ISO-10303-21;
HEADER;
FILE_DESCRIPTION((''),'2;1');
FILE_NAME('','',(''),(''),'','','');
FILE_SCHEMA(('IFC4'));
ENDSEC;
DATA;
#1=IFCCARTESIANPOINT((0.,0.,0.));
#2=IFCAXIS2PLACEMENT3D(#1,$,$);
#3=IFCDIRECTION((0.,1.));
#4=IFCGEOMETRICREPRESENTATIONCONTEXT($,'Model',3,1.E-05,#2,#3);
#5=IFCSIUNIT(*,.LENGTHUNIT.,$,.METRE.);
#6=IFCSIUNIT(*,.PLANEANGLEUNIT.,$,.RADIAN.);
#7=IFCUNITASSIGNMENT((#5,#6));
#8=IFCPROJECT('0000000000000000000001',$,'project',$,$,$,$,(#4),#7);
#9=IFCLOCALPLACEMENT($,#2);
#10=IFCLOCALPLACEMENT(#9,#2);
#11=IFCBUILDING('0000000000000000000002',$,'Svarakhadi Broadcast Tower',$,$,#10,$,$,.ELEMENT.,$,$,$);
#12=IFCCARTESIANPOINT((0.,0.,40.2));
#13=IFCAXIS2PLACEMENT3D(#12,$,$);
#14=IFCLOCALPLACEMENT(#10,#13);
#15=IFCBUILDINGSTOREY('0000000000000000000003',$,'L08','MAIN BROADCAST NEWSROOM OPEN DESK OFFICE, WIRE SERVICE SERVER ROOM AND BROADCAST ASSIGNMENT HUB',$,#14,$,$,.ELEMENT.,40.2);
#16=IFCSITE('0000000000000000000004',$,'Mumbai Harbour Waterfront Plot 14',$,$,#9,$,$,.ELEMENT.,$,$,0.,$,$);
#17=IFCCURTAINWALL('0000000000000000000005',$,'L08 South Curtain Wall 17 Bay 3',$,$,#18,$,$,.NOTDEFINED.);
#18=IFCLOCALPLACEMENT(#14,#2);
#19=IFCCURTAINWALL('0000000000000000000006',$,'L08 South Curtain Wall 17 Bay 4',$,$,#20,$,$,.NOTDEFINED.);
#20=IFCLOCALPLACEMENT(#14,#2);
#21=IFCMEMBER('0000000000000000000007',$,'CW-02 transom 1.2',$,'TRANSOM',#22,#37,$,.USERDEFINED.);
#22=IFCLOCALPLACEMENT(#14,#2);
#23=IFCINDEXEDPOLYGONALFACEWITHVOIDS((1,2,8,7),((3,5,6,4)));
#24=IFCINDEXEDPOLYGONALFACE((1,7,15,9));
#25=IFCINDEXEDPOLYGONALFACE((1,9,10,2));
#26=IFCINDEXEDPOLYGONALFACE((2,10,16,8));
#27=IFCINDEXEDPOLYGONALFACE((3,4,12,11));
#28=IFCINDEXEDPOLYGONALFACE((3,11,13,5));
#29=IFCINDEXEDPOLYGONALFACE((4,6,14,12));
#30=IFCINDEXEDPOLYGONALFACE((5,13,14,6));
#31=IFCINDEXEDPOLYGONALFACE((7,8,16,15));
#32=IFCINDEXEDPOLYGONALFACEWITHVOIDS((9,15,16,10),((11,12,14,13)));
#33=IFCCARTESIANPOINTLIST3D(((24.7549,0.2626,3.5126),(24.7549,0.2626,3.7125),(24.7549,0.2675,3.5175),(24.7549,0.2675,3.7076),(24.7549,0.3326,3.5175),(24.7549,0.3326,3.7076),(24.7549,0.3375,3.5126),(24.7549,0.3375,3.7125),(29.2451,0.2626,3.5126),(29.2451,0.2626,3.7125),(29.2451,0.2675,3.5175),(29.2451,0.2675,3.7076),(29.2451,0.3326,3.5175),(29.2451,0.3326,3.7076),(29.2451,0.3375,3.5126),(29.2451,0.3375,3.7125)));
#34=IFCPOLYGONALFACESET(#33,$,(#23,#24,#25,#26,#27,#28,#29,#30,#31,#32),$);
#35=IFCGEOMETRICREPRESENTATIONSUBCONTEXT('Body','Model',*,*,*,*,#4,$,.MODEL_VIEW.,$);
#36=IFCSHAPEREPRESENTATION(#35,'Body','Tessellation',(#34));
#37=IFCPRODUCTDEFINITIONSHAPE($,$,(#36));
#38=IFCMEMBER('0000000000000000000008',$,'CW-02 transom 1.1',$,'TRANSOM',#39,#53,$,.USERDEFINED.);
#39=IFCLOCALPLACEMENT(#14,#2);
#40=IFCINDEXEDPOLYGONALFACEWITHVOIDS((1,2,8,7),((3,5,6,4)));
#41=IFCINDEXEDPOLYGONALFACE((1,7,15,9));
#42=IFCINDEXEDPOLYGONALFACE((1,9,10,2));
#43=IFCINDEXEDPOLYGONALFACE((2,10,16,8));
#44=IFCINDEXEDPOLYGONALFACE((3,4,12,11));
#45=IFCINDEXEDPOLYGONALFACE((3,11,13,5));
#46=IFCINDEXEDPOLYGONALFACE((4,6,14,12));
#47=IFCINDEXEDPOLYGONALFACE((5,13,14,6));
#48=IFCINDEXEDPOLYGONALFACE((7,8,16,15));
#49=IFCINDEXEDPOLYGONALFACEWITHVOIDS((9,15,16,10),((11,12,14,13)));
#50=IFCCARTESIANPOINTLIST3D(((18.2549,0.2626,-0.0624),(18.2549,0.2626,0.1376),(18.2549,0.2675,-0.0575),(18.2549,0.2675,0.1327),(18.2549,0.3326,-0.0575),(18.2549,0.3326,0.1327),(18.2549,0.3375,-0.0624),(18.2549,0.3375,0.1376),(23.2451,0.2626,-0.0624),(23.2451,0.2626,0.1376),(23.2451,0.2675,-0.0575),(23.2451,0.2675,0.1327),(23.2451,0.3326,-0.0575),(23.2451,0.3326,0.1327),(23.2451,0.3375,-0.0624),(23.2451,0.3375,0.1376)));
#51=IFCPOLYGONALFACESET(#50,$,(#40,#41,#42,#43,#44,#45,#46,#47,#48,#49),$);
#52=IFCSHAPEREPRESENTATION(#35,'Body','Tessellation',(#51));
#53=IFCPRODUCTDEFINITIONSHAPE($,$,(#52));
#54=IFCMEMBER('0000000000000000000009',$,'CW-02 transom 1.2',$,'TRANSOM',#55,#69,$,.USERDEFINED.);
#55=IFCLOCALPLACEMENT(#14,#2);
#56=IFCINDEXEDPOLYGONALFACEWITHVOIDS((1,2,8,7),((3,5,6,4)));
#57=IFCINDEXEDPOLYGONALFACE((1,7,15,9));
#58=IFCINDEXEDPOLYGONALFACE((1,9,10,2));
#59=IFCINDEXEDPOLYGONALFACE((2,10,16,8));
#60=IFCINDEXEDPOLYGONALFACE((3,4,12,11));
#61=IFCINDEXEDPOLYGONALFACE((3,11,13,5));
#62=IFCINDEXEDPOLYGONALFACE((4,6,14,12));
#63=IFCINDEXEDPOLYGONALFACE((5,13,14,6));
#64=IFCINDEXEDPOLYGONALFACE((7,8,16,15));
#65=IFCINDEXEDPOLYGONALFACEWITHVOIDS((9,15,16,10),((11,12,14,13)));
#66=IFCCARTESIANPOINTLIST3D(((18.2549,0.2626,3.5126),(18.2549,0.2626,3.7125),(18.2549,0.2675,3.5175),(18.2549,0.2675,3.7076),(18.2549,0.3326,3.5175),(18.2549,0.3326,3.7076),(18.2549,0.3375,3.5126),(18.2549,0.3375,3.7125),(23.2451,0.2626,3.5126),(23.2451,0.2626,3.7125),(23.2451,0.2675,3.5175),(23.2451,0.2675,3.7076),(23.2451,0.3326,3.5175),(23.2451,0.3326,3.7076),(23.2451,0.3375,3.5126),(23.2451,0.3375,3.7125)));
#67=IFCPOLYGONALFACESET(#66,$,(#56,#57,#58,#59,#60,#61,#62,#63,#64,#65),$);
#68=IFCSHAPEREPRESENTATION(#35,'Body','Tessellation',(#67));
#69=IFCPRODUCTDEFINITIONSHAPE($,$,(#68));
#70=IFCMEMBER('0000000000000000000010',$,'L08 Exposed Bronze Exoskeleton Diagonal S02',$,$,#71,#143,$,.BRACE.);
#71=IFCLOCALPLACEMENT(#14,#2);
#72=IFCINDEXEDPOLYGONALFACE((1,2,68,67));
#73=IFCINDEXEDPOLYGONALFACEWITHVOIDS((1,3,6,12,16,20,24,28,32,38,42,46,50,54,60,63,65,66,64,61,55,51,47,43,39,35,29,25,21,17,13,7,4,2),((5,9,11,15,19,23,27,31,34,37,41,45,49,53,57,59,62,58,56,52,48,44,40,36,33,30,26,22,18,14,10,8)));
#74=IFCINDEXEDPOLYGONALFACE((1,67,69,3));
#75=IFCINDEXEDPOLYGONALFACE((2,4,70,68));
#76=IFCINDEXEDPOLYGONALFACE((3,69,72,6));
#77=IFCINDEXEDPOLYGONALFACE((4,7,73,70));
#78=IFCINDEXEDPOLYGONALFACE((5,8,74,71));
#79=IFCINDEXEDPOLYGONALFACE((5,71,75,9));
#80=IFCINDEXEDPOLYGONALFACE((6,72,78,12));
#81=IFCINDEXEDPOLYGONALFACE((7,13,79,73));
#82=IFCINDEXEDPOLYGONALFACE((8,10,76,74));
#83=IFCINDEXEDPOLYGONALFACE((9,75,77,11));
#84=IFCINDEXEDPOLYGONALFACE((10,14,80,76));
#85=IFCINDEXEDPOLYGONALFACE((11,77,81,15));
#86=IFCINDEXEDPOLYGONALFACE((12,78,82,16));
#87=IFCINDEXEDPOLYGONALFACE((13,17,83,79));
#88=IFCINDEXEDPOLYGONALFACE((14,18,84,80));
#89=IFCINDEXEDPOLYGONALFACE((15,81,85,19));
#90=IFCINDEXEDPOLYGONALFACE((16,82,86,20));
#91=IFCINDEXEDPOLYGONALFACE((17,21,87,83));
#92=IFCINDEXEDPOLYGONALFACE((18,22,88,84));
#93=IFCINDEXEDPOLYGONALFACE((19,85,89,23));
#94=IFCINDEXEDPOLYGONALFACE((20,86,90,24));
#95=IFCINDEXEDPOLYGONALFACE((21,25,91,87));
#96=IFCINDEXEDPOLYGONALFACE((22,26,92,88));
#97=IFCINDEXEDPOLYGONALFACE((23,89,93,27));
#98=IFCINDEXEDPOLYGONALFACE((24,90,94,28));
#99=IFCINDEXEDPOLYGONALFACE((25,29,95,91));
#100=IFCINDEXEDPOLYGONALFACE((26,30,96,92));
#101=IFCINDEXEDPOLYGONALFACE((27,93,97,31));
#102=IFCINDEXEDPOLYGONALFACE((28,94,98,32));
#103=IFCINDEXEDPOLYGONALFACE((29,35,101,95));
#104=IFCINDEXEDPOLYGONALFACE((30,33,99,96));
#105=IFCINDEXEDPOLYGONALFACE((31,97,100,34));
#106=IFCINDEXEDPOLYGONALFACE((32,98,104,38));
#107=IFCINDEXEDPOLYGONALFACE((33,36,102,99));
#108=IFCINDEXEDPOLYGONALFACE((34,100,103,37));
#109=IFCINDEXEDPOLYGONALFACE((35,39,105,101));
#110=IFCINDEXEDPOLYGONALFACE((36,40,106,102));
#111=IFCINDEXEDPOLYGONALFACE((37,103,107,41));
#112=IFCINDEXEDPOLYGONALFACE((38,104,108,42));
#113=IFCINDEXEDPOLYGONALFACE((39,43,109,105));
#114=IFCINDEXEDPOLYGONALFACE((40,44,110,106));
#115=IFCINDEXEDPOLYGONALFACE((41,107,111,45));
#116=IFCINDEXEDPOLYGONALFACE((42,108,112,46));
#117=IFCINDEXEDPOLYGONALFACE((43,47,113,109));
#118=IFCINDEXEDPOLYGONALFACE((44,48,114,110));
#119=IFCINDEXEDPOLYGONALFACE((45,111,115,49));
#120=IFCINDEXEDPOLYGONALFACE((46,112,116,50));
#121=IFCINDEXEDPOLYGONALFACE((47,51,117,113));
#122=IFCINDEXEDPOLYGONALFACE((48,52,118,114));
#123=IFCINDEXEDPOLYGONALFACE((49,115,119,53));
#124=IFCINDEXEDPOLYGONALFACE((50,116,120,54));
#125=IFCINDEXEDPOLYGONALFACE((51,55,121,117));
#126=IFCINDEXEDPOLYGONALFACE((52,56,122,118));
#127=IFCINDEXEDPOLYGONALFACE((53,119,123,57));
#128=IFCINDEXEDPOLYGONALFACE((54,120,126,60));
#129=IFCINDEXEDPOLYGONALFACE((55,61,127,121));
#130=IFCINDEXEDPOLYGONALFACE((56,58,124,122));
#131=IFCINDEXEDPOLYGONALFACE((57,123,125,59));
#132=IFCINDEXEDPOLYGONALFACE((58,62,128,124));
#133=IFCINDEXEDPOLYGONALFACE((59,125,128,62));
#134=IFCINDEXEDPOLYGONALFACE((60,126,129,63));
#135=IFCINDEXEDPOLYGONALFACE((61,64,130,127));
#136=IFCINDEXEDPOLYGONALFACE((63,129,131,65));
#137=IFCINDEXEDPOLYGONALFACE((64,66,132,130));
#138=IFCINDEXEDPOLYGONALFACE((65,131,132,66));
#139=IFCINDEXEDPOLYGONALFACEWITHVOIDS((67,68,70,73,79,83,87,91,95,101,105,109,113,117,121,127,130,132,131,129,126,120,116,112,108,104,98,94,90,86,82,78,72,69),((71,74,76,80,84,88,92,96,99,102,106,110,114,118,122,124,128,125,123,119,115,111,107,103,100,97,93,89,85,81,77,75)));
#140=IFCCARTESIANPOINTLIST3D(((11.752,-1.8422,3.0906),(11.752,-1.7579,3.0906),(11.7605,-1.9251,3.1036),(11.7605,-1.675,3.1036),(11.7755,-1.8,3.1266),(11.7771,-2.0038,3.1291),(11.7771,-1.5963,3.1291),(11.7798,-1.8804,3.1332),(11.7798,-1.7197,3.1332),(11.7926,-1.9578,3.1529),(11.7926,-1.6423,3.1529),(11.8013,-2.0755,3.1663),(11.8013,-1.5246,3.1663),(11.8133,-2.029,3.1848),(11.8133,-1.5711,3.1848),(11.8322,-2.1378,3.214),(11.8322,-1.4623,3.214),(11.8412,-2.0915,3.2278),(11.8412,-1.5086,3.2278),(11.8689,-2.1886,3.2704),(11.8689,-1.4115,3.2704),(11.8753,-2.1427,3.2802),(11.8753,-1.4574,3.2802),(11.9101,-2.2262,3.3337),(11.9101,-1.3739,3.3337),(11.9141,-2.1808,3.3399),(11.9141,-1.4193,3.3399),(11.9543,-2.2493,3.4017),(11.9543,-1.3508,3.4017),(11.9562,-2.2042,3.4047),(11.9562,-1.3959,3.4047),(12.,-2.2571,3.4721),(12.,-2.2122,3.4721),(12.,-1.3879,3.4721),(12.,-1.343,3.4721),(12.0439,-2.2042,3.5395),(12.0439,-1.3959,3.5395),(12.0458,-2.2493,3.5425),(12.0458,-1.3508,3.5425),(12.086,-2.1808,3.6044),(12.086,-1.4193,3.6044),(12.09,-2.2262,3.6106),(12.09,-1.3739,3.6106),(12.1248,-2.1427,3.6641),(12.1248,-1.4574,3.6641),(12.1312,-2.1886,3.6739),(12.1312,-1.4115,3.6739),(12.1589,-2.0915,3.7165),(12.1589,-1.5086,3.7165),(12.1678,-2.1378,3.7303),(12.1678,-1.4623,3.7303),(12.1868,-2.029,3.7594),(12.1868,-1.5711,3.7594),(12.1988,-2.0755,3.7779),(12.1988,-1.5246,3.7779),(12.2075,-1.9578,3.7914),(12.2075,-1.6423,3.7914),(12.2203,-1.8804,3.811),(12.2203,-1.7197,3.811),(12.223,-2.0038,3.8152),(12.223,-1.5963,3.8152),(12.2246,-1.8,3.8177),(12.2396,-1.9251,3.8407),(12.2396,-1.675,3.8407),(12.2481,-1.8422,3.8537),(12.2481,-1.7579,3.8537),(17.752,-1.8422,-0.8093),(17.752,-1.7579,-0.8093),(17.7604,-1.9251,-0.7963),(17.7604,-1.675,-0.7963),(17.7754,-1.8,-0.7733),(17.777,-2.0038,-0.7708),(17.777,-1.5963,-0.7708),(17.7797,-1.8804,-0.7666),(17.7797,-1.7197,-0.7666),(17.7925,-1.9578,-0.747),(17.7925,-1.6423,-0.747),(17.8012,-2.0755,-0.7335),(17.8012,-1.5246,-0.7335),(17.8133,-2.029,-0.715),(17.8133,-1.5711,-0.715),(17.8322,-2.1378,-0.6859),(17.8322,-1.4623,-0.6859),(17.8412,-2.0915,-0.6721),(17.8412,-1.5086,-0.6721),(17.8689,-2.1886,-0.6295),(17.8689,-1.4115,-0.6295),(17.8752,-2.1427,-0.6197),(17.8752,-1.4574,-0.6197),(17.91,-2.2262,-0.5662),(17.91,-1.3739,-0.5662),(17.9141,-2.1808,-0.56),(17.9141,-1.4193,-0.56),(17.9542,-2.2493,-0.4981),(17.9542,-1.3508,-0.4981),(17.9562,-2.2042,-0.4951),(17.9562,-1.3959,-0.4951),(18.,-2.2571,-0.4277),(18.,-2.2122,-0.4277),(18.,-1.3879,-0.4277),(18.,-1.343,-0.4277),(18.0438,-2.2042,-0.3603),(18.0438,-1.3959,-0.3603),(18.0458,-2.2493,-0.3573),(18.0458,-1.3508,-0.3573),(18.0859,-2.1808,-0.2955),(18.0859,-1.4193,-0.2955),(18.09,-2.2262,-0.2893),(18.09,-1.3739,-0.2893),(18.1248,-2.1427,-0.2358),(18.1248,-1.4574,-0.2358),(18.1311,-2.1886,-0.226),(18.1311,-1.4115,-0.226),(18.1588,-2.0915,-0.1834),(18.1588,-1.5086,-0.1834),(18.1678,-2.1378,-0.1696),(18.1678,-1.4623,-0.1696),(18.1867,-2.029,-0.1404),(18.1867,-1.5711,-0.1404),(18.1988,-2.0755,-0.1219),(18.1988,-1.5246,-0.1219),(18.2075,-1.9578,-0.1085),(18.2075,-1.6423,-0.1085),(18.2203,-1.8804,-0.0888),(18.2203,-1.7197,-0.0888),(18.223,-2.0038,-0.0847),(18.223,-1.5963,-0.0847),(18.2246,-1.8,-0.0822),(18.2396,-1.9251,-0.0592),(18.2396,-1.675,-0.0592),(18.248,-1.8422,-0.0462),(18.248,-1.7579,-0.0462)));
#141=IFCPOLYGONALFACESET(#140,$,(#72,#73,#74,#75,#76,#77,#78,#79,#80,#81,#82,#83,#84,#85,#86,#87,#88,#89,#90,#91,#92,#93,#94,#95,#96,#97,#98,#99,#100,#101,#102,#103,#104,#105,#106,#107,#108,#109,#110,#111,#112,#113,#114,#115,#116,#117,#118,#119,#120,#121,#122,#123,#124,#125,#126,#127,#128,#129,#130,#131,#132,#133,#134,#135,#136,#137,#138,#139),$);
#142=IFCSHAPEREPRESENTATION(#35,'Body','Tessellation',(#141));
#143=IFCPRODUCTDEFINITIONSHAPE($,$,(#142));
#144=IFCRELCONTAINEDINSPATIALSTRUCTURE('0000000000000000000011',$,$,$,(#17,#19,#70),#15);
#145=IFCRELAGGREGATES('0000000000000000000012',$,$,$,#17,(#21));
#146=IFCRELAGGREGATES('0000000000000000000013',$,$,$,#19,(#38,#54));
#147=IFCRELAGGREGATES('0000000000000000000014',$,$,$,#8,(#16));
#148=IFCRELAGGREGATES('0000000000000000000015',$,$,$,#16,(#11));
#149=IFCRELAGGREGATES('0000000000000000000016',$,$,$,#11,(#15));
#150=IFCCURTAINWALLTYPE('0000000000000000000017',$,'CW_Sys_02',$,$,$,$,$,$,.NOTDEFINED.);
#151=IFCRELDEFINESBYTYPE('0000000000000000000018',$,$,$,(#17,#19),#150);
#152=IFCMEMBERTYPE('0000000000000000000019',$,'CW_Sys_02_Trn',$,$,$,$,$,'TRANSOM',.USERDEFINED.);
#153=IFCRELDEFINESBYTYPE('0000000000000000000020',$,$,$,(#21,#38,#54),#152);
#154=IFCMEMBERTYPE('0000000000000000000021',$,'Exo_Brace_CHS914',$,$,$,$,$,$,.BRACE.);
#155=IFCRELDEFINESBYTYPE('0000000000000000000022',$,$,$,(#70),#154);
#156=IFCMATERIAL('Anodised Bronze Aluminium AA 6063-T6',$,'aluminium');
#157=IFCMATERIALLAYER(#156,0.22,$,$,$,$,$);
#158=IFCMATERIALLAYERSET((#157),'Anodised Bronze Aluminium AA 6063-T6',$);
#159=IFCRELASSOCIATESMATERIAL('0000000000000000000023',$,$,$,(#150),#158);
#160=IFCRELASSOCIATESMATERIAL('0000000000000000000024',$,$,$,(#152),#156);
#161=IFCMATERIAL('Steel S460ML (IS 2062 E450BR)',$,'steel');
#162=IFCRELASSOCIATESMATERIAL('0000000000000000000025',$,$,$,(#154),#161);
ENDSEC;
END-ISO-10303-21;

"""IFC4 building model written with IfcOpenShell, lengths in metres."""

from ifc_helpers import new_model, si_unit, direction, frame, origin, origin_2d, place, context, subcontext, project, spatial, hollow_rectangle, hollow_circle, extrude, material, layer, layer_set, material_profile, profile_set, type_object, element, aggregate, save


model = new_model("IFC4")

# Units and contexts
model_context = context("Model", 3, precision=1e-05, world=origin(), true_north=direction((0.0, 1.0)))
body_context = subcontext(model_context, "Body", "Model", "MODEL_VIEW")
ifc_project = project(units=[si_unit("LENGTHUNIT", "METRE"), si_unit("PLANEANGLEUNIT", "RADIAN")], contexts=[model_context])

# Site, building, storey
site_placement = place(None, origin())
site = spatial("IfcSite", under=ifc_project, at=site_placement, Name="Mumbai Harbour Waterfront Plot 14", CompositionType="ELEMENT", RefElevation=0.0)
building_placement = place(site_placement, origin())
building = spatial("IfcBuilding", under=site, at=building_placement, Name="Svarakhadi Broadcast Tower", CompositionType="ELEMENT")
storey_placement = place(building_placement, frame((0.0, 0.0, 40.2)))
storey = spatial("IfcBuildingStorey", under=building, at=storey_placement, Name="L08", Description="MAIN BROADCAST NEWSROOM OPEN DESK OFFICE, WIRE SERVICE SERVER ROOM AND BROADCAST ASSIGNMENT HUB", CompositionType="ELEMENT", Elevation=40.2)

# Curtain wall
ifc_material_1 = material(Name="Anodised Bronze Aluminium AA 6063-T6", Category="aluminium")
ifc_layer_1 = layer(ifc_material_1, 0.22)
ifc_layer_set_1 = layer_set([ifc_layer_1], Name="Anodised Bronze Aluminium AA 6063-T6")
curtain_wall_type = type_object("IfcCurtainWallType", Name="CW_Sys_02", PredefinedType="NOTDEFINED", material=ifc_layer_set_1)
curtain_wall_1_placement = place(storey_placement, origin())
curtain_wall_1 = element("IfcCurtainWall", 1, at=curtain_wall_1_placement, inside=storey, type_object=curtain_wall_type, Name="L08 South Curtain Wall 17 Bay 3", PredefinedType="NOTDEFINED")

# Curtain wall
curtain_wall_2_placement = place(storey_placement, origin())
curtain_wall_2 = element("IfcCurtainWall", 2, at=curtain_wall_2_placement, inside=storey, type_object=curtain_wall_type, Name="L08 South Curtain Wall 17 Bay 4", PredefinedType="NOTDEFINED")

# Members
ifc_material_profile_1 = material_profile(ifc_material_1, hollow_rectangle(XDim=0.075, YDim=0.2, WallThickness=0.0049, at=origin_2d()), Name="ALU TRANSOM 200x75x5")
ifc_profile_set_1 = profile_set([ifc_material_profile_1], Name="Anodised Bronze Aluminium AA 6063-T6")
member_type_1 = type_object("IfcMemberType", Name="CW_Sys_02_Trn", ElementType="TRANSOM", PredefinedType="USERDEFINED", material=ifc_profile_set_1)
member_1_placement = place(storey_placement, frame((29.2451, 0.3, 3.6125), z_axis=(-1.0, 0.0, 0.0), x_axis=(0.0, -1.0, 0.0)))
member_1 = element("IfcMember", 3, at=member_1_placement, type_object=member_type_1, Name="CW-02 transom 1.2", ObjectType="TRANSOM", PredefinedType="USERDEFINED", context=body_context, shape_type="SweptSolid", body=[
    extrude(hollow_rectangle(XDim=0.075, YDim=0.2, WallThickness=0.0049, at=origin_2d()), origin(), (0.0, 0.0, 1.0), 4.4902),
])
member_2_placement = place(storey_placement, frame((23.2451, 0.3, 0.0376), z_axis=(-1.0, 0.0, 0.0), x_axis=(0.0, -1.0, 0.0)))
member_2 = element("IfcMember", 4, at=member_2_placement, type_object=member_type_1, Name="CW-02 transom 1.1", ObjectType="TRANSOM", PredefinedType="USERDEFINED", context=body_context, shape_type="SweptSolid", body=[
    extrude(hollow_rectangle(XDim=0.075, YDim=0.2, WallThickness=0.0049, at=origin_2d()), origin(), (0.0, 0.0, 1.0), 4.9902),
])
member_3_placement = place(storey_placement, frame((23.2451, 0.3, 3.6125), z_axis=(-1.0, 0.0, 0.0), x_axis=(0.0, -1.0, 0.0)))
member_3 = element("IfcMember", 5, at=member_3_placement, type_object=member_type_1, Name="CW-02 transom 1.2", ObjectType="TRANSOM", PredefinedType="USERDEFINED", context=body_context, shape_type="SweptSolid", body=[
    extrude(hollow_rectangle(XDim=0.075, YDim=0.2, WallThickness=0.0049, at=origin_2d()), origin(), (0.0, 0.0, 1.0), 4.9902),
])

# Member
ifc_material_2 = material(Name="Steel S460ML (IS 2062 E450BR)", Category="steel")
ifc_material_profile_2 = material_profile(ifc_material_2, hollow_circle(Radius=0.457, WallThickness=0.0449, at=origin_2d()), Name="CHS 914x45")
ifc_profile_set_2 = profile_set([ifc_material_profile_2], Name="Steel S460ML (IS 2062 E450BR)")
member_type_2 = type_object("IfcMemberType", Name="Exo_Brace_CHS914", PredefinedType="BRACE", material=ifc_profile_set_2)
for number, where, z_axis, x_axis, name in (
    (6, (18.0, -1.8, -0.4277), (-0.83845, 0.0, 0.544979), (0.0, -1.0, 0.0), "L08 Exposed Bronze Exoskeleton Diagonal S02"),
):
    element("IfcMember", number, at=place(storey_placement, frame(where, z_axis=z_axis, x_axis=x_axis)), inside=storey, type_object=member_type_2, Name=name, PredefinedType="BRACE", context=body_context, shape_type="SweptSolid", body=[
        extrude(hollow_circle(Radius=0.457, WallThickness=0.0449, at=origin_2d()), origin(), (0.0, 0.0, 1.0), 7.156),
    ])

aggregate(curtain_wall_1, [member_1])
aggregate(curtain_wall_2, [member_2, member_3])

save(model, "model.ifc")
